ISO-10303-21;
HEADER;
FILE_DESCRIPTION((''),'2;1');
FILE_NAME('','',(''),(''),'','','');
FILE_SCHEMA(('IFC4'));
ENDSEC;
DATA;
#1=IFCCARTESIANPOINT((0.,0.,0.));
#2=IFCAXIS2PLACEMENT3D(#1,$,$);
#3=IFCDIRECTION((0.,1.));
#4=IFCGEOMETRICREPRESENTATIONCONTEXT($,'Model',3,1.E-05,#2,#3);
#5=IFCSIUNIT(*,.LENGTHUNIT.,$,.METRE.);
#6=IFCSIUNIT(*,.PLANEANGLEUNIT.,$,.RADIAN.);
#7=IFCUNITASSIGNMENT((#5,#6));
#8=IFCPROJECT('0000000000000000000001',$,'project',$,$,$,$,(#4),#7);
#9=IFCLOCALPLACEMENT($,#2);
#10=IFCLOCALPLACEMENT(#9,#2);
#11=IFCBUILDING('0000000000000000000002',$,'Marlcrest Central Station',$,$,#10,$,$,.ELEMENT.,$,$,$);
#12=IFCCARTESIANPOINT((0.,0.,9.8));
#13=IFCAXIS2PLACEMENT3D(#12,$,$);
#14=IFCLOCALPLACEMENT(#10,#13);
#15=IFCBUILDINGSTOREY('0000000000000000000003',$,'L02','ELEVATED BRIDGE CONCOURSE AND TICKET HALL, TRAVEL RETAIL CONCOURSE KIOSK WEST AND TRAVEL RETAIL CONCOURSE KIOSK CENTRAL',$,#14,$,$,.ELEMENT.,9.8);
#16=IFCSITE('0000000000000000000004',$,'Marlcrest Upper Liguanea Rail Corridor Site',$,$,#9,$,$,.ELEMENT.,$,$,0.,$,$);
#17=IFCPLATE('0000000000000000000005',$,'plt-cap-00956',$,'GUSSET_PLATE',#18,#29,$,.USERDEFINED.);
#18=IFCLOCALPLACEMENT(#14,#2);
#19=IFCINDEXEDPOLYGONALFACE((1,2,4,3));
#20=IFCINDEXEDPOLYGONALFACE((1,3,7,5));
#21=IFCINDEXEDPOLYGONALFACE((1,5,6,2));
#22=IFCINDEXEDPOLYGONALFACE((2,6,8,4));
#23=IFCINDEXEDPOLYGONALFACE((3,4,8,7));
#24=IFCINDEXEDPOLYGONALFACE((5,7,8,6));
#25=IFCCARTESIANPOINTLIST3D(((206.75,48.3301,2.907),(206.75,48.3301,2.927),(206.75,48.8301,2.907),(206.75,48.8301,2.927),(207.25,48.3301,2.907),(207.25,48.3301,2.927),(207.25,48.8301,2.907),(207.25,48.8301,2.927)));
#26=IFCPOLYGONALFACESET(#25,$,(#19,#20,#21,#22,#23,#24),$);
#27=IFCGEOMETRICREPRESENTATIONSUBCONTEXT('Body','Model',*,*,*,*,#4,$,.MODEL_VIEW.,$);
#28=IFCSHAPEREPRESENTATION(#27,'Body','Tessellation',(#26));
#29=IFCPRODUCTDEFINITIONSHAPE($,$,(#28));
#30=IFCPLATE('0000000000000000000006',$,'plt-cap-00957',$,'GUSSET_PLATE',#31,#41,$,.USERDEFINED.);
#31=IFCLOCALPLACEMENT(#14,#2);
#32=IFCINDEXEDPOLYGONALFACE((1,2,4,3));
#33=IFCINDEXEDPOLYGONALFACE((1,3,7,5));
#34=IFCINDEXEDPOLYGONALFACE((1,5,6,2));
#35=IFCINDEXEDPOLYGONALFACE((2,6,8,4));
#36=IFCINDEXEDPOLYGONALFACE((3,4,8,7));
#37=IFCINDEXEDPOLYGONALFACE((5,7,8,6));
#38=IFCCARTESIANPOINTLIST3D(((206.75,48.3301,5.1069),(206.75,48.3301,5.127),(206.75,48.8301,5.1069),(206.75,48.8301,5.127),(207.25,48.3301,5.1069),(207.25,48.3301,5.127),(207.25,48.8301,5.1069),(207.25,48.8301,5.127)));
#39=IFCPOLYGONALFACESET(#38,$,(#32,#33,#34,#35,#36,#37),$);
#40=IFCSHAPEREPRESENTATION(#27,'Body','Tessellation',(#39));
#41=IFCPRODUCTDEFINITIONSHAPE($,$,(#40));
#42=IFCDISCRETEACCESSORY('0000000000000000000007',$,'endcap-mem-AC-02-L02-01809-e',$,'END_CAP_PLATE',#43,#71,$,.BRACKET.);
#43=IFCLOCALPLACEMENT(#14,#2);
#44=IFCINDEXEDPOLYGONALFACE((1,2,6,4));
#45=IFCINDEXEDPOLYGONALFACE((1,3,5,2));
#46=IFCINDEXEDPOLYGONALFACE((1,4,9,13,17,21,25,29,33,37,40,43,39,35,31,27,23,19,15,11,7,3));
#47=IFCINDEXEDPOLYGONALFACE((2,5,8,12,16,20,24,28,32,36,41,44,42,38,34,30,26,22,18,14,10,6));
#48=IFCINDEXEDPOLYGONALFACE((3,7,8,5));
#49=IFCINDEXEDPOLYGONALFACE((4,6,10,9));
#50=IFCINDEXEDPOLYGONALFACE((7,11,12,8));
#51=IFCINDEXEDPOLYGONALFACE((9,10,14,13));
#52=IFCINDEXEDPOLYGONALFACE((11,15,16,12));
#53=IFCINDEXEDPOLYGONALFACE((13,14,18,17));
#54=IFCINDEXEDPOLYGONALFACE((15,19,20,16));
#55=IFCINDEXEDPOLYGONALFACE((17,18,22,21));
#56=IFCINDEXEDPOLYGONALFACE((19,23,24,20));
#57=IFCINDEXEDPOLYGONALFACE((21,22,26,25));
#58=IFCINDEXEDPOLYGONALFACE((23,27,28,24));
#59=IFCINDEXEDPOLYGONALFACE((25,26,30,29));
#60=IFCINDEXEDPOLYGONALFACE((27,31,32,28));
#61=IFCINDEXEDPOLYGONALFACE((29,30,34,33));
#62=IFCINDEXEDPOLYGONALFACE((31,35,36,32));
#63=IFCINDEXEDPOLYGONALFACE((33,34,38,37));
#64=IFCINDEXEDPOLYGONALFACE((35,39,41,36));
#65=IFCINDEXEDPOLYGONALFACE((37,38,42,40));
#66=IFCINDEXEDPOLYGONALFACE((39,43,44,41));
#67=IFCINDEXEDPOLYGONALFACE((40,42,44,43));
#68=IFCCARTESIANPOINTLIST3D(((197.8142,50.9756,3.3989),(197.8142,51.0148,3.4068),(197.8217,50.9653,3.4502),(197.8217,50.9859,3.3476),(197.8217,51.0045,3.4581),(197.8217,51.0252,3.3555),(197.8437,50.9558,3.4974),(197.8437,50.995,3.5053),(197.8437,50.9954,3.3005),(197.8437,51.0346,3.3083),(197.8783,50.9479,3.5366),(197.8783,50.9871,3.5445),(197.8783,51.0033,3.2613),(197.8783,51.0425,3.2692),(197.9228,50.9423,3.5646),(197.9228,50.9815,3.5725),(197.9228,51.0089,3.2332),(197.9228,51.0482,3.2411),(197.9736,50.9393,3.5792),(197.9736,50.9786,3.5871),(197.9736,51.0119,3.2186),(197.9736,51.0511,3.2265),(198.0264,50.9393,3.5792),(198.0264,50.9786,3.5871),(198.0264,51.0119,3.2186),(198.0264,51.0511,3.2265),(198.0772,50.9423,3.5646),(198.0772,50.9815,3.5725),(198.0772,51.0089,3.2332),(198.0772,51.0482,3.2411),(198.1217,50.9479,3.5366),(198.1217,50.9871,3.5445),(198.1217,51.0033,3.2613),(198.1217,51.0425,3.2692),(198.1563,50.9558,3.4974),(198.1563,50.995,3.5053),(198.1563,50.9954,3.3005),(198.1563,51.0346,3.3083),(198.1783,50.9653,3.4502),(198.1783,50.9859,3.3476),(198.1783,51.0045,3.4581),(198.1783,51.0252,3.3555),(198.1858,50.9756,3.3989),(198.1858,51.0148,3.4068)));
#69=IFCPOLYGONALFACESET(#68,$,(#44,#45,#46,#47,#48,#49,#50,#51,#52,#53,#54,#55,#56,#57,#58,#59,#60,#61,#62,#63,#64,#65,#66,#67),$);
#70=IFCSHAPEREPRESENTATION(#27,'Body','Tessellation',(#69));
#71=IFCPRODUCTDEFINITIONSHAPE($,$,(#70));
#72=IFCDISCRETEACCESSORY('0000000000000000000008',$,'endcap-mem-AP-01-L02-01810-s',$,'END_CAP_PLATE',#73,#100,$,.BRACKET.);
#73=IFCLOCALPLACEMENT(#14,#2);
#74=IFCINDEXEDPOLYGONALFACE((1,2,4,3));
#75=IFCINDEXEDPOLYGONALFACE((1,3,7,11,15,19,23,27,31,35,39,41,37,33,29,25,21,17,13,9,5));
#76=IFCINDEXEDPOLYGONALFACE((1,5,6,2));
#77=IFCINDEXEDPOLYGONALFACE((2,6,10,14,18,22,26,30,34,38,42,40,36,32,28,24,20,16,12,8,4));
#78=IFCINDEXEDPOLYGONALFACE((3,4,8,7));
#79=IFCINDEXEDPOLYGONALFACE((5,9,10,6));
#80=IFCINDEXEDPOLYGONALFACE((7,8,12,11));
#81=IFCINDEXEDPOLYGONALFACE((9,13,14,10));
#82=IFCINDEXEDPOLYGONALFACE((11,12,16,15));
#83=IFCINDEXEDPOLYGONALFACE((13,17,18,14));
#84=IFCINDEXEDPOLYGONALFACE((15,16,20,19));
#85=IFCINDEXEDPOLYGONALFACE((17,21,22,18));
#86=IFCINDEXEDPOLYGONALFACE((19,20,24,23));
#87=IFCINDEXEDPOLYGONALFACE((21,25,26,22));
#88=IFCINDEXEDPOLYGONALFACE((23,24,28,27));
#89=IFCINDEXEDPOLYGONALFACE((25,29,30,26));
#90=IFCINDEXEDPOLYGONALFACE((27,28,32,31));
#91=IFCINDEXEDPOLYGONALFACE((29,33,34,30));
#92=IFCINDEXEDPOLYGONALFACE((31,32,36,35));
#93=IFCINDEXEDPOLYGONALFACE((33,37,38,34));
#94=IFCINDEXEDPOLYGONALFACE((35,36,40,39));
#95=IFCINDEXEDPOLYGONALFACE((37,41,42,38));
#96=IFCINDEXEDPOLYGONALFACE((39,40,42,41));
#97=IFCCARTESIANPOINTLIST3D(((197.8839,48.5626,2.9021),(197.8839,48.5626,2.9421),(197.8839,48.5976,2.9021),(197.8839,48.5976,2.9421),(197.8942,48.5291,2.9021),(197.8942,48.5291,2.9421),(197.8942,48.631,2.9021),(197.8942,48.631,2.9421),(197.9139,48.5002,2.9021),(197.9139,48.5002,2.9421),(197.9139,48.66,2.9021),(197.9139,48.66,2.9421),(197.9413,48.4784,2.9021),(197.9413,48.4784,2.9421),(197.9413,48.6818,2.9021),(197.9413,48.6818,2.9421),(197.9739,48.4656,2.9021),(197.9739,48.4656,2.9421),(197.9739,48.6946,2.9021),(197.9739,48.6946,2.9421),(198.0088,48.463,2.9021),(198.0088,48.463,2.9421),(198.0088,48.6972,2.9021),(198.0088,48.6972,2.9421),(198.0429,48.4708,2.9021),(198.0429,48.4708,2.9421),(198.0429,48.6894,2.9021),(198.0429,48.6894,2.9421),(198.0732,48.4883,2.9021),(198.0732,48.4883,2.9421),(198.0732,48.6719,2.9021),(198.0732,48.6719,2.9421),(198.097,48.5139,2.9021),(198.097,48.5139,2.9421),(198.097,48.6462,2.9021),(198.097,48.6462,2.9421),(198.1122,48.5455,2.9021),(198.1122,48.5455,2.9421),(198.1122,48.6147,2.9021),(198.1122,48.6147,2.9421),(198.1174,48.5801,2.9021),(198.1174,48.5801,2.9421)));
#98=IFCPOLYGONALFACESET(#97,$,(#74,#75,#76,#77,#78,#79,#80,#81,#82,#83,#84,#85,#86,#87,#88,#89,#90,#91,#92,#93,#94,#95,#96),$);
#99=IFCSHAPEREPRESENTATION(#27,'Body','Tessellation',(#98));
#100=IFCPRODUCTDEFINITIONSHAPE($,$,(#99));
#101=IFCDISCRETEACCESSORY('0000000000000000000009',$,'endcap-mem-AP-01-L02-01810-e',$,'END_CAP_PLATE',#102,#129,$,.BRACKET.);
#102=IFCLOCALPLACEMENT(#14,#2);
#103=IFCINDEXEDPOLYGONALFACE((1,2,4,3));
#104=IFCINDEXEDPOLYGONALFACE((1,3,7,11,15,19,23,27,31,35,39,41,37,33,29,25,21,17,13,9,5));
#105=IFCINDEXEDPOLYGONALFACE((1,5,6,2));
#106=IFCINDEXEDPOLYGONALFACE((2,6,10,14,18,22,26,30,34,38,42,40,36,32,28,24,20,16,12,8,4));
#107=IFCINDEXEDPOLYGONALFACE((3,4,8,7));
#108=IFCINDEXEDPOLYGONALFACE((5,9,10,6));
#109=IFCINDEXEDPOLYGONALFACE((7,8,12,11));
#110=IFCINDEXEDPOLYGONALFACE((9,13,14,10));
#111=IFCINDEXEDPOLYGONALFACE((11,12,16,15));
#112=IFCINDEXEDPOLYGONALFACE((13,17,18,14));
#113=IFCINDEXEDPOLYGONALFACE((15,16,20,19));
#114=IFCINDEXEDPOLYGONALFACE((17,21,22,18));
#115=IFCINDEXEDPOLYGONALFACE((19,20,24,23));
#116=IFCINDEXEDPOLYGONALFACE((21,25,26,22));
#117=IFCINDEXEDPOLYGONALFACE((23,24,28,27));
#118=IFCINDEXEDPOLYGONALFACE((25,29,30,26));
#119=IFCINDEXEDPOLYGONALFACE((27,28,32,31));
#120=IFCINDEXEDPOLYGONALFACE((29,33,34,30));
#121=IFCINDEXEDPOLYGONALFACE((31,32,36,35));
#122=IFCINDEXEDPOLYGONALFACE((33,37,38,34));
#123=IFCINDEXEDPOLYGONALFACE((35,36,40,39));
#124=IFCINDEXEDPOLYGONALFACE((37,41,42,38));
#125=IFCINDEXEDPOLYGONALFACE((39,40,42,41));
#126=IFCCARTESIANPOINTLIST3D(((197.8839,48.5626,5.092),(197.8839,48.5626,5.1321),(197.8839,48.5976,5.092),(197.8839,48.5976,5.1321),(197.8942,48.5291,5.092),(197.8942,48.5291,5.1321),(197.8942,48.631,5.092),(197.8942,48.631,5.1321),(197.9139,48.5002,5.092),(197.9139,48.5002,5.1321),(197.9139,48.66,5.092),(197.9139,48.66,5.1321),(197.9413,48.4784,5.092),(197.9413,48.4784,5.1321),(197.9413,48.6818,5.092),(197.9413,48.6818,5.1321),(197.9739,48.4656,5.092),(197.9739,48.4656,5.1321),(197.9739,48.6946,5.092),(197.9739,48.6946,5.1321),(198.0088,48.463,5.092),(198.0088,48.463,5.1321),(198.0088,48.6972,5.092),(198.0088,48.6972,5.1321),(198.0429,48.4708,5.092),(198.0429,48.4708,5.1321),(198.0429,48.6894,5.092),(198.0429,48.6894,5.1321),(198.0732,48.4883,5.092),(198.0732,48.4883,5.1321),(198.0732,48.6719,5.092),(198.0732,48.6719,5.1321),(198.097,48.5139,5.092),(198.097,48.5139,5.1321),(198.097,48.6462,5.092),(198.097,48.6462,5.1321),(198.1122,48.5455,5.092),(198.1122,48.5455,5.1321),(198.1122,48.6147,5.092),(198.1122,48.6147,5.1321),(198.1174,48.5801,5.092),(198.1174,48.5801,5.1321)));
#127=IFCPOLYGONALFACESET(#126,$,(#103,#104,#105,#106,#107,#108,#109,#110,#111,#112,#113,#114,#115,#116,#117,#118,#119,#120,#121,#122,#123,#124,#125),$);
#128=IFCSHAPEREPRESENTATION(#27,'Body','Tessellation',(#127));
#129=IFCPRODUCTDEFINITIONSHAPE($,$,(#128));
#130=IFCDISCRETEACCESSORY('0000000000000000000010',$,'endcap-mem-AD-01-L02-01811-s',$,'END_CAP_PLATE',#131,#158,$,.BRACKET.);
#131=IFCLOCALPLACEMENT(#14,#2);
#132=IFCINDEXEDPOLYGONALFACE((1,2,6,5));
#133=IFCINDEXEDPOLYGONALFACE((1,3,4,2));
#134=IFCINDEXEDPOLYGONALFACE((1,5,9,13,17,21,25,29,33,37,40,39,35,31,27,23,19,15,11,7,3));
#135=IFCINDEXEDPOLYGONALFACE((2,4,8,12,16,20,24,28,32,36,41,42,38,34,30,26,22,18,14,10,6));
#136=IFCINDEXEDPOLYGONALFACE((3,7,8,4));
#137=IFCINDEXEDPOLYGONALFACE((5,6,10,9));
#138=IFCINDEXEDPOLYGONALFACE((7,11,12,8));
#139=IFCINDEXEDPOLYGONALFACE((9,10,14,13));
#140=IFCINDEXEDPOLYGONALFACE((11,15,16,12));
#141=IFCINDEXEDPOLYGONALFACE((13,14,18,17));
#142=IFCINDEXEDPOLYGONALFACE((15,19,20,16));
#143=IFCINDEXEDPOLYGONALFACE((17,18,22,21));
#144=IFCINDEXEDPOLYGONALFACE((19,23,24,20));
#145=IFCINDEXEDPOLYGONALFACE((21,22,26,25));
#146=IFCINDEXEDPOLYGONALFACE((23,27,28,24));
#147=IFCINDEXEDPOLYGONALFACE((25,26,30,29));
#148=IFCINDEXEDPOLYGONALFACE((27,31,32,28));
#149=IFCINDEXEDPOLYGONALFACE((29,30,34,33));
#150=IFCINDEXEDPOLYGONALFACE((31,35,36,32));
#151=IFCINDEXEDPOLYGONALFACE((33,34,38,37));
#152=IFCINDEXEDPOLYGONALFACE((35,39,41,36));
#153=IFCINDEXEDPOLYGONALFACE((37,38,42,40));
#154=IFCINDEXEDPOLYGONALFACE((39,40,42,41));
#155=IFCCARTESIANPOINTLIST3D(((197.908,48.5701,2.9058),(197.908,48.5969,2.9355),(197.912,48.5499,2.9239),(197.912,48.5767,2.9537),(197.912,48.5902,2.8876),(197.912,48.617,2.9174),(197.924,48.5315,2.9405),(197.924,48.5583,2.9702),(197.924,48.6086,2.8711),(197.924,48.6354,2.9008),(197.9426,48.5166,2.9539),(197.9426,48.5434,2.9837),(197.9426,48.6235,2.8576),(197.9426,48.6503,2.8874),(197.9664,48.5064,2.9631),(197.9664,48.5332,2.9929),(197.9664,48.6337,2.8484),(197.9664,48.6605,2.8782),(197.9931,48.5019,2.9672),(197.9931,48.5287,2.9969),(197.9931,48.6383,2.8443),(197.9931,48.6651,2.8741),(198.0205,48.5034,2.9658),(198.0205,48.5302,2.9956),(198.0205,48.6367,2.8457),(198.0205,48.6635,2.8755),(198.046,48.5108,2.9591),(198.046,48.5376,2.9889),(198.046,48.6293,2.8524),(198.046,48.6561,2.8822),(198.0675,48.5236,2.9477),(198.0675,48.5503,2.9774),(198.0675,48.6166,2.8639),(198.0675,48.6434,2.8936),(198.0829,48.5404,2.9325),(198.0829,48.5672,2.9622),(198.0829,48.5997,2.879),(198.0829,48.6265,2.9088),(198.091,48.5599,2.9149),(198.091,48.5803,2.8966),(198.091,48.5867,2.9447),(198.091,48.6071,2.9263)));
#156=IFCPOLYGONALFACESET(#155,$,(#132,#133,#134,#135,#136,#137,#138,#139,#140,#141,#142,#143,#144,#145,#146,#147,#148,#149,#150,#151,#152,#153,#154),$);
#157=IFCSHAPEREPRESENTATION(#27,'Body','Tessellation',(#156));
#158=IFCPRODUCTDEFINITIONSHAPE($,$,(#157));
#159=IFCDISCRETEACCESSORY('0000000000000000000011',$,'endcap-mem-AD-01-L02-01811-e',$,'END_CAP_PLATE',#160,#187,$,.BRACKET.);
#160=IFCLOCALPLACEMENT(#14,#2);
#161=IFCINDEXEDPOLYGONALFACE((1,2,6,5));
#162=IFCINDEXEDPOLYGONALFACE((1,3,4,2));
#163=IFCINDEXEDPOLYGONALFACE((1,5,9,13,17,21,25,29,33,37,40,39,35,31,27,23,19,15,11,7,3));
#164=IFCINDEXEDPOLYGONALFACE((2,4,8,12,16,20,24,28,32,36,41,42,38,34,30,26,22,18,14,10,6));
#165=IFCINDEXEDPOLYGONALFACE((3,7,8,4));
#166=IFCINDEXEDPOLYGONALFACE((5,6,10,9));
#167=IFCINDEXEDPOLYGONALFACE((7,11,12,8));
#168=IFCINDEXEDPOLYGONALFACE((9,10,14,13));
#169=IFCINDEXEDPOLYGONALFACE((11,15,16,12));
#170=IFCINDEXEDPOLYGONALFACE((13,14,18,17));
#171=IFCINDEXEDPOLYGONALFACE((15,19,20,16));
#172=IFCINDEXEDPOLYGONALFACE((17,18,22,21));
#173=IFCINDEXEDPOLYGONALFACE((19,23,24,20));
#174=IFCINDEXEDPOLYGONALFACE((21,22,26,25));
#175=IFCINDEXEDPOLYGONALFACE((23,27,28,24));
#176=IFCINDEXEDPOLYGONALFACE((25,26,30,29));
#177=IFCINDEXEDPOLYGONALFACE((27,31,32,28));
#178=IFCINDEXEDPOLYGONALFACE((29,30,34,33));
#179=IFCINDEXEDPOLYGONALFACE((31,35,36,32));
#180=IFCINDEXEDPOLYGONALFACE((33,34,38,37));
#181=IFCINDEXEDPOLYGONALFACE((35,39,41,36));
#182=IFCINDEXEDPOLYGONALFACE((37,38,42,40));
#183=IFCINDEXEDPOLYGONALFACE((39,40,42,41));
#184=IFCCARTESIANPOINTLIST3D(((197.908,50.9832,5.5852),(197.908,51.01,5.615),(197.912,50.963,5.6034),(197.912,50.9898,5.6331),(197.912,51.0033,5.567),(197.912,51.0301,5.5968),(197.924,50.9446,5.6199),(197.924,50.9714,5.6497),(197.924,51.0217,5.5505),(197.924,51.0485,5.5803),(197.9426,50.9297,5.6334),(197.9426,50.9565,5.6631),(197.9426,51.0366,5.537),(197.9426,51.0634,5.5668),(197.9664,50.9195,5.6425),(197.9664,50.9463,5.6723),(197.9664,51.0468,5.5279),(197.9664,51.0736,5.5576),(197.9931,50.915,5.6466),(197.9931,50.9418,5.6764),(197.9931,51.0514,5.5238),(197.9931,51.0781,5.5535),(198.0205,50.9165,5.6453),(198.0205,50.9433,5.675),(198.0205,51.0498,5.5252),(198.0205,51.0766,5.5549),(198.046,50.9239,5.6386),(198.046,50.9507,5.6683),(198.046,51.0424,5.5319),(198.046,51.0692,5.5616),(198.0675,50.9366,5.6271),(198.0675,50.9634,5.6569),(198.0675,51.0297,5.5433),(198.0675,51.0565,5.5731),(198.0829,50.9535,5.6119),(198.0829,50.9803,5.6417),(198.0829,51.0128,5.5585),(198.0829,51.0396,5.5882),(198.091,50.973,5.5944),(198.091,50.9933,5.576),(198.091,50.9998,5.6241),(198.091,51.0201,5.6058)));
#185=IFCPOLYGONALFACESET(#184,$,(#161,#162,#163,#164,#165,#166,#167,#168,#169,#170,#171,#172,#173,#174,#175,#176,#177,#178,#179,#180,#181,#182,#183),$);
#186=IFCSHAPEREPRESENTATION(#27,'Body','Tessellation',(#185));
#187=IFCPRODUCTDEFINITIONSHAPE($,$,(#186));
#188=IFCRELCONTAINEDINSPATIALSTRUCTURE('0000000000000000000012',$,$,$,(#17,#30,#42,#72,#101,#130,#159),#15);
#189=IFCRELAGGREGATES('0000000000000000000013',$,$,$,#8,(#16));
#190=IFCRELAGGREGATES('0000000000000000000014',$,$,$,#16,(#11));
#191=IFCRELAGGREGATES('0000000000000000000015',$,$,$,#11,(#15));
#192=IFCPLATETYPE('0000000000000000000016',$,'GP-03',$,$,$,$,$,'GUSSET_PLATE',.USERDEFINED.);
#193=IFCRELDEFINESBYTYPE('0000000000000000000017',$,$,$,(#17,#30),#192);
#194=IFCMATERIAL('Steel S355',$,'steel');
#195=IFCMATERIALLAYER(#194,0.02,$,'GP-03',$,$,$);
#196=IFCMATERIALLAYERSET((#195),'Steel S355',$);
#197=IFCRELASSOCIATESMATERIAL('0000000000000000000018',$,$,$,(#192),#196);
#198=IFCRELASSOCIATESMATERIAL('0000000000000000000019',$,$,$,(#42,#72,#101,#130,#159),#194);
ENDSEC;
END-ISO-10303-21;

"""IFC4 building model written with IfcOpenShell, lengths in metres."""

from ifc_helpers import new_model, si_unit, direction, frame, origin, origin_2d, place, context, subcontext, project, spatial, rectangle, circle, extrude, material, layer, layer_set, type_object, element, save


model = new_model("IFC4")

# Units and contexts
model_context = context("Model", 3, precision=1e-05, world=origin(), true_north=direction((0.0, 1.0)))
body_context = subcontext(model_context, "Body", "Model", "MODEL_VIEW")
ifc_project = project(units=[si_unit("LENGTHUNIT", "METRE"), si_unit("PLANEANGLEUNIT", "RADIAN")], contexts=[model_context])

# Site, building, storey
site_placement = place(None, origin())
site = spatial("IfcSite", under=ifc_project, at=site_placement, Name="Marlcrest Upper Liguanea Rail Corridor Site", CompositionType="ELEMENT", RefElevation=0.0)
building_placement = place(site_placement, origin())
building = spatial("IfcBuilding", under=site, at=building_placement, Name="Marlcrest Central Station", CompositionType="ELEMENT")
storey_placement = place(building_placement, frame((0.0, 0.0, 9.8)))
storey = spatial("IfcBuildingStorey", under=building, at=storey_placement, Name="L02", Description="ELEVATED BRIDGE CONCOURSE AND TICKET HALL, TRAVEL RETAIL CONCOURSE KIOSK WEST AND TRAVEL RETAIL CONCOURSE KIOSK CENTRAL", CompositionType="ELEMENT", Elevation=9.8)

# Shared definitions
ifc_material = material(Name="Steel S355", Category="steel")

# Plates
ifc_layer = layer(ifc_material, 0.02, Name="GP-03")
ifc_layer_set = layer_set([ifc_layer], Name="Steel S355")
plate_type = type_object("IfcPlateType", Name="GP-03", ElementType="GUSSET_PLATE", PredefinedType="USERDEFINED", material=ifc_layer_set)
for number, where, z_axis, x_axis, name in (
    (1, (207.0, 48.5801, 2.907), (0.0, 0.0, 1.0), (1.0, 0.0, 0.0), "plt-cap-00956"),
    (2, (207.0, 48.5801, 5.1069), (0.0, 0.0, 1.0), (1.0, 0.0, 0.0), "plt-cap-00957"),
):
    element("IfcPlate", number, at=place(storey_placement, frame(where, z_axis=z_axis, x_axis=x_axis)), inside=storey, type_object=plate_type, Name=name, ObjectType="GUSSET_PLATE", PredefinedType="USERDEFINED", context=body_context, shape_type="SweptSolid", body=[
        extrude(rectangle(XDim=0.5, YDim=0.5, at=origin_2d()), origin(), (0.0, 0.0, 1.0), 0.02),
    ])

# Discrete accessories
discrete_accessory_placement = place(storey_placement, frame((198.0, 50.9756, 3.3989), z_axis=(0.0, 0.980359, 0.197219), x_axis=(-1.0, 0.0, 0.0)))
element("IfcDiscreteAccessory", 3, at=discrete_accessory_placement, inside=storey, material=ifc_material, Name="endcap-mem-AC-02-L02-01809-e", ObjectType="END_CAP_PLATE", PredefinedType="BRACKET", context=body_context, shape_type="SweptSolid", body=[
    extrude(circle(Radius=0.1858, at=origin_2d()), origin(), (0.0, 0.0, 1.0), 0.04),
])
for number, where, z_axis, x_axis, name in (
    (4, (198.0, 48.5801, 2.9021), (0.0, 0.0, 1.0), (1.0, 0.0, 0.0), "endcap-mem-AP-01-L02-01810-s"),
    (5, (198.0, 48.5801, 5.092), (0.0, 0.0, 1.0), (1.0, 0.0, 0.0), "endcap-mem-AP-01-L02-01810-e"),
):
    element("IfcDiscreteAccessory", number, at=place(storey_placement, frame(where, z_axis=z_axis, x_axis=x_axis)), inside=storey, material=ifc_material, Name=name, ObjectType="END_CAP_PLATE", PredefinedType="BRACKET", context=body_context, shape_type="SweptSolid", body=[
        extrude(circle(Radius=0.1174, at=origin_2d()), origin(), (0.0, 0.0, 1.0), 0.04),
    ])
for number, where, z_axis, x_axis, name in (
    (6, (198.0, 48.5701, 2.9058), (0.0, 0.669244, 0.743042), (-1.0, 0.0, 0.0), "endcap-mem-AD-01-L02-01811-s"),
    (7, (198.0, 50.9832, 5.5852), (0.0, 0.669244, 0.743042), (-1.0, 0.0, 0.0), "endcap-mem-AD-01-L02-01811-e"),
):
    element("IfcDiscreteAccessory", number, at=place(storey_placement, frame(where, z_axis=z_axis, x_axis=x_axis)), inside=storey, material=ifc_material, Name=name, ObjectType="END_CAP_PLATE", PredefinedType="BRACKET", context=body_context, shape_type="SweptSolid", body=[
        extrude(circle(Radius=0.092, at=origin_2d()), origin(), (0.0, 0.0, 1.0), 0.04),
    ])

save(model, "model.ifc")
